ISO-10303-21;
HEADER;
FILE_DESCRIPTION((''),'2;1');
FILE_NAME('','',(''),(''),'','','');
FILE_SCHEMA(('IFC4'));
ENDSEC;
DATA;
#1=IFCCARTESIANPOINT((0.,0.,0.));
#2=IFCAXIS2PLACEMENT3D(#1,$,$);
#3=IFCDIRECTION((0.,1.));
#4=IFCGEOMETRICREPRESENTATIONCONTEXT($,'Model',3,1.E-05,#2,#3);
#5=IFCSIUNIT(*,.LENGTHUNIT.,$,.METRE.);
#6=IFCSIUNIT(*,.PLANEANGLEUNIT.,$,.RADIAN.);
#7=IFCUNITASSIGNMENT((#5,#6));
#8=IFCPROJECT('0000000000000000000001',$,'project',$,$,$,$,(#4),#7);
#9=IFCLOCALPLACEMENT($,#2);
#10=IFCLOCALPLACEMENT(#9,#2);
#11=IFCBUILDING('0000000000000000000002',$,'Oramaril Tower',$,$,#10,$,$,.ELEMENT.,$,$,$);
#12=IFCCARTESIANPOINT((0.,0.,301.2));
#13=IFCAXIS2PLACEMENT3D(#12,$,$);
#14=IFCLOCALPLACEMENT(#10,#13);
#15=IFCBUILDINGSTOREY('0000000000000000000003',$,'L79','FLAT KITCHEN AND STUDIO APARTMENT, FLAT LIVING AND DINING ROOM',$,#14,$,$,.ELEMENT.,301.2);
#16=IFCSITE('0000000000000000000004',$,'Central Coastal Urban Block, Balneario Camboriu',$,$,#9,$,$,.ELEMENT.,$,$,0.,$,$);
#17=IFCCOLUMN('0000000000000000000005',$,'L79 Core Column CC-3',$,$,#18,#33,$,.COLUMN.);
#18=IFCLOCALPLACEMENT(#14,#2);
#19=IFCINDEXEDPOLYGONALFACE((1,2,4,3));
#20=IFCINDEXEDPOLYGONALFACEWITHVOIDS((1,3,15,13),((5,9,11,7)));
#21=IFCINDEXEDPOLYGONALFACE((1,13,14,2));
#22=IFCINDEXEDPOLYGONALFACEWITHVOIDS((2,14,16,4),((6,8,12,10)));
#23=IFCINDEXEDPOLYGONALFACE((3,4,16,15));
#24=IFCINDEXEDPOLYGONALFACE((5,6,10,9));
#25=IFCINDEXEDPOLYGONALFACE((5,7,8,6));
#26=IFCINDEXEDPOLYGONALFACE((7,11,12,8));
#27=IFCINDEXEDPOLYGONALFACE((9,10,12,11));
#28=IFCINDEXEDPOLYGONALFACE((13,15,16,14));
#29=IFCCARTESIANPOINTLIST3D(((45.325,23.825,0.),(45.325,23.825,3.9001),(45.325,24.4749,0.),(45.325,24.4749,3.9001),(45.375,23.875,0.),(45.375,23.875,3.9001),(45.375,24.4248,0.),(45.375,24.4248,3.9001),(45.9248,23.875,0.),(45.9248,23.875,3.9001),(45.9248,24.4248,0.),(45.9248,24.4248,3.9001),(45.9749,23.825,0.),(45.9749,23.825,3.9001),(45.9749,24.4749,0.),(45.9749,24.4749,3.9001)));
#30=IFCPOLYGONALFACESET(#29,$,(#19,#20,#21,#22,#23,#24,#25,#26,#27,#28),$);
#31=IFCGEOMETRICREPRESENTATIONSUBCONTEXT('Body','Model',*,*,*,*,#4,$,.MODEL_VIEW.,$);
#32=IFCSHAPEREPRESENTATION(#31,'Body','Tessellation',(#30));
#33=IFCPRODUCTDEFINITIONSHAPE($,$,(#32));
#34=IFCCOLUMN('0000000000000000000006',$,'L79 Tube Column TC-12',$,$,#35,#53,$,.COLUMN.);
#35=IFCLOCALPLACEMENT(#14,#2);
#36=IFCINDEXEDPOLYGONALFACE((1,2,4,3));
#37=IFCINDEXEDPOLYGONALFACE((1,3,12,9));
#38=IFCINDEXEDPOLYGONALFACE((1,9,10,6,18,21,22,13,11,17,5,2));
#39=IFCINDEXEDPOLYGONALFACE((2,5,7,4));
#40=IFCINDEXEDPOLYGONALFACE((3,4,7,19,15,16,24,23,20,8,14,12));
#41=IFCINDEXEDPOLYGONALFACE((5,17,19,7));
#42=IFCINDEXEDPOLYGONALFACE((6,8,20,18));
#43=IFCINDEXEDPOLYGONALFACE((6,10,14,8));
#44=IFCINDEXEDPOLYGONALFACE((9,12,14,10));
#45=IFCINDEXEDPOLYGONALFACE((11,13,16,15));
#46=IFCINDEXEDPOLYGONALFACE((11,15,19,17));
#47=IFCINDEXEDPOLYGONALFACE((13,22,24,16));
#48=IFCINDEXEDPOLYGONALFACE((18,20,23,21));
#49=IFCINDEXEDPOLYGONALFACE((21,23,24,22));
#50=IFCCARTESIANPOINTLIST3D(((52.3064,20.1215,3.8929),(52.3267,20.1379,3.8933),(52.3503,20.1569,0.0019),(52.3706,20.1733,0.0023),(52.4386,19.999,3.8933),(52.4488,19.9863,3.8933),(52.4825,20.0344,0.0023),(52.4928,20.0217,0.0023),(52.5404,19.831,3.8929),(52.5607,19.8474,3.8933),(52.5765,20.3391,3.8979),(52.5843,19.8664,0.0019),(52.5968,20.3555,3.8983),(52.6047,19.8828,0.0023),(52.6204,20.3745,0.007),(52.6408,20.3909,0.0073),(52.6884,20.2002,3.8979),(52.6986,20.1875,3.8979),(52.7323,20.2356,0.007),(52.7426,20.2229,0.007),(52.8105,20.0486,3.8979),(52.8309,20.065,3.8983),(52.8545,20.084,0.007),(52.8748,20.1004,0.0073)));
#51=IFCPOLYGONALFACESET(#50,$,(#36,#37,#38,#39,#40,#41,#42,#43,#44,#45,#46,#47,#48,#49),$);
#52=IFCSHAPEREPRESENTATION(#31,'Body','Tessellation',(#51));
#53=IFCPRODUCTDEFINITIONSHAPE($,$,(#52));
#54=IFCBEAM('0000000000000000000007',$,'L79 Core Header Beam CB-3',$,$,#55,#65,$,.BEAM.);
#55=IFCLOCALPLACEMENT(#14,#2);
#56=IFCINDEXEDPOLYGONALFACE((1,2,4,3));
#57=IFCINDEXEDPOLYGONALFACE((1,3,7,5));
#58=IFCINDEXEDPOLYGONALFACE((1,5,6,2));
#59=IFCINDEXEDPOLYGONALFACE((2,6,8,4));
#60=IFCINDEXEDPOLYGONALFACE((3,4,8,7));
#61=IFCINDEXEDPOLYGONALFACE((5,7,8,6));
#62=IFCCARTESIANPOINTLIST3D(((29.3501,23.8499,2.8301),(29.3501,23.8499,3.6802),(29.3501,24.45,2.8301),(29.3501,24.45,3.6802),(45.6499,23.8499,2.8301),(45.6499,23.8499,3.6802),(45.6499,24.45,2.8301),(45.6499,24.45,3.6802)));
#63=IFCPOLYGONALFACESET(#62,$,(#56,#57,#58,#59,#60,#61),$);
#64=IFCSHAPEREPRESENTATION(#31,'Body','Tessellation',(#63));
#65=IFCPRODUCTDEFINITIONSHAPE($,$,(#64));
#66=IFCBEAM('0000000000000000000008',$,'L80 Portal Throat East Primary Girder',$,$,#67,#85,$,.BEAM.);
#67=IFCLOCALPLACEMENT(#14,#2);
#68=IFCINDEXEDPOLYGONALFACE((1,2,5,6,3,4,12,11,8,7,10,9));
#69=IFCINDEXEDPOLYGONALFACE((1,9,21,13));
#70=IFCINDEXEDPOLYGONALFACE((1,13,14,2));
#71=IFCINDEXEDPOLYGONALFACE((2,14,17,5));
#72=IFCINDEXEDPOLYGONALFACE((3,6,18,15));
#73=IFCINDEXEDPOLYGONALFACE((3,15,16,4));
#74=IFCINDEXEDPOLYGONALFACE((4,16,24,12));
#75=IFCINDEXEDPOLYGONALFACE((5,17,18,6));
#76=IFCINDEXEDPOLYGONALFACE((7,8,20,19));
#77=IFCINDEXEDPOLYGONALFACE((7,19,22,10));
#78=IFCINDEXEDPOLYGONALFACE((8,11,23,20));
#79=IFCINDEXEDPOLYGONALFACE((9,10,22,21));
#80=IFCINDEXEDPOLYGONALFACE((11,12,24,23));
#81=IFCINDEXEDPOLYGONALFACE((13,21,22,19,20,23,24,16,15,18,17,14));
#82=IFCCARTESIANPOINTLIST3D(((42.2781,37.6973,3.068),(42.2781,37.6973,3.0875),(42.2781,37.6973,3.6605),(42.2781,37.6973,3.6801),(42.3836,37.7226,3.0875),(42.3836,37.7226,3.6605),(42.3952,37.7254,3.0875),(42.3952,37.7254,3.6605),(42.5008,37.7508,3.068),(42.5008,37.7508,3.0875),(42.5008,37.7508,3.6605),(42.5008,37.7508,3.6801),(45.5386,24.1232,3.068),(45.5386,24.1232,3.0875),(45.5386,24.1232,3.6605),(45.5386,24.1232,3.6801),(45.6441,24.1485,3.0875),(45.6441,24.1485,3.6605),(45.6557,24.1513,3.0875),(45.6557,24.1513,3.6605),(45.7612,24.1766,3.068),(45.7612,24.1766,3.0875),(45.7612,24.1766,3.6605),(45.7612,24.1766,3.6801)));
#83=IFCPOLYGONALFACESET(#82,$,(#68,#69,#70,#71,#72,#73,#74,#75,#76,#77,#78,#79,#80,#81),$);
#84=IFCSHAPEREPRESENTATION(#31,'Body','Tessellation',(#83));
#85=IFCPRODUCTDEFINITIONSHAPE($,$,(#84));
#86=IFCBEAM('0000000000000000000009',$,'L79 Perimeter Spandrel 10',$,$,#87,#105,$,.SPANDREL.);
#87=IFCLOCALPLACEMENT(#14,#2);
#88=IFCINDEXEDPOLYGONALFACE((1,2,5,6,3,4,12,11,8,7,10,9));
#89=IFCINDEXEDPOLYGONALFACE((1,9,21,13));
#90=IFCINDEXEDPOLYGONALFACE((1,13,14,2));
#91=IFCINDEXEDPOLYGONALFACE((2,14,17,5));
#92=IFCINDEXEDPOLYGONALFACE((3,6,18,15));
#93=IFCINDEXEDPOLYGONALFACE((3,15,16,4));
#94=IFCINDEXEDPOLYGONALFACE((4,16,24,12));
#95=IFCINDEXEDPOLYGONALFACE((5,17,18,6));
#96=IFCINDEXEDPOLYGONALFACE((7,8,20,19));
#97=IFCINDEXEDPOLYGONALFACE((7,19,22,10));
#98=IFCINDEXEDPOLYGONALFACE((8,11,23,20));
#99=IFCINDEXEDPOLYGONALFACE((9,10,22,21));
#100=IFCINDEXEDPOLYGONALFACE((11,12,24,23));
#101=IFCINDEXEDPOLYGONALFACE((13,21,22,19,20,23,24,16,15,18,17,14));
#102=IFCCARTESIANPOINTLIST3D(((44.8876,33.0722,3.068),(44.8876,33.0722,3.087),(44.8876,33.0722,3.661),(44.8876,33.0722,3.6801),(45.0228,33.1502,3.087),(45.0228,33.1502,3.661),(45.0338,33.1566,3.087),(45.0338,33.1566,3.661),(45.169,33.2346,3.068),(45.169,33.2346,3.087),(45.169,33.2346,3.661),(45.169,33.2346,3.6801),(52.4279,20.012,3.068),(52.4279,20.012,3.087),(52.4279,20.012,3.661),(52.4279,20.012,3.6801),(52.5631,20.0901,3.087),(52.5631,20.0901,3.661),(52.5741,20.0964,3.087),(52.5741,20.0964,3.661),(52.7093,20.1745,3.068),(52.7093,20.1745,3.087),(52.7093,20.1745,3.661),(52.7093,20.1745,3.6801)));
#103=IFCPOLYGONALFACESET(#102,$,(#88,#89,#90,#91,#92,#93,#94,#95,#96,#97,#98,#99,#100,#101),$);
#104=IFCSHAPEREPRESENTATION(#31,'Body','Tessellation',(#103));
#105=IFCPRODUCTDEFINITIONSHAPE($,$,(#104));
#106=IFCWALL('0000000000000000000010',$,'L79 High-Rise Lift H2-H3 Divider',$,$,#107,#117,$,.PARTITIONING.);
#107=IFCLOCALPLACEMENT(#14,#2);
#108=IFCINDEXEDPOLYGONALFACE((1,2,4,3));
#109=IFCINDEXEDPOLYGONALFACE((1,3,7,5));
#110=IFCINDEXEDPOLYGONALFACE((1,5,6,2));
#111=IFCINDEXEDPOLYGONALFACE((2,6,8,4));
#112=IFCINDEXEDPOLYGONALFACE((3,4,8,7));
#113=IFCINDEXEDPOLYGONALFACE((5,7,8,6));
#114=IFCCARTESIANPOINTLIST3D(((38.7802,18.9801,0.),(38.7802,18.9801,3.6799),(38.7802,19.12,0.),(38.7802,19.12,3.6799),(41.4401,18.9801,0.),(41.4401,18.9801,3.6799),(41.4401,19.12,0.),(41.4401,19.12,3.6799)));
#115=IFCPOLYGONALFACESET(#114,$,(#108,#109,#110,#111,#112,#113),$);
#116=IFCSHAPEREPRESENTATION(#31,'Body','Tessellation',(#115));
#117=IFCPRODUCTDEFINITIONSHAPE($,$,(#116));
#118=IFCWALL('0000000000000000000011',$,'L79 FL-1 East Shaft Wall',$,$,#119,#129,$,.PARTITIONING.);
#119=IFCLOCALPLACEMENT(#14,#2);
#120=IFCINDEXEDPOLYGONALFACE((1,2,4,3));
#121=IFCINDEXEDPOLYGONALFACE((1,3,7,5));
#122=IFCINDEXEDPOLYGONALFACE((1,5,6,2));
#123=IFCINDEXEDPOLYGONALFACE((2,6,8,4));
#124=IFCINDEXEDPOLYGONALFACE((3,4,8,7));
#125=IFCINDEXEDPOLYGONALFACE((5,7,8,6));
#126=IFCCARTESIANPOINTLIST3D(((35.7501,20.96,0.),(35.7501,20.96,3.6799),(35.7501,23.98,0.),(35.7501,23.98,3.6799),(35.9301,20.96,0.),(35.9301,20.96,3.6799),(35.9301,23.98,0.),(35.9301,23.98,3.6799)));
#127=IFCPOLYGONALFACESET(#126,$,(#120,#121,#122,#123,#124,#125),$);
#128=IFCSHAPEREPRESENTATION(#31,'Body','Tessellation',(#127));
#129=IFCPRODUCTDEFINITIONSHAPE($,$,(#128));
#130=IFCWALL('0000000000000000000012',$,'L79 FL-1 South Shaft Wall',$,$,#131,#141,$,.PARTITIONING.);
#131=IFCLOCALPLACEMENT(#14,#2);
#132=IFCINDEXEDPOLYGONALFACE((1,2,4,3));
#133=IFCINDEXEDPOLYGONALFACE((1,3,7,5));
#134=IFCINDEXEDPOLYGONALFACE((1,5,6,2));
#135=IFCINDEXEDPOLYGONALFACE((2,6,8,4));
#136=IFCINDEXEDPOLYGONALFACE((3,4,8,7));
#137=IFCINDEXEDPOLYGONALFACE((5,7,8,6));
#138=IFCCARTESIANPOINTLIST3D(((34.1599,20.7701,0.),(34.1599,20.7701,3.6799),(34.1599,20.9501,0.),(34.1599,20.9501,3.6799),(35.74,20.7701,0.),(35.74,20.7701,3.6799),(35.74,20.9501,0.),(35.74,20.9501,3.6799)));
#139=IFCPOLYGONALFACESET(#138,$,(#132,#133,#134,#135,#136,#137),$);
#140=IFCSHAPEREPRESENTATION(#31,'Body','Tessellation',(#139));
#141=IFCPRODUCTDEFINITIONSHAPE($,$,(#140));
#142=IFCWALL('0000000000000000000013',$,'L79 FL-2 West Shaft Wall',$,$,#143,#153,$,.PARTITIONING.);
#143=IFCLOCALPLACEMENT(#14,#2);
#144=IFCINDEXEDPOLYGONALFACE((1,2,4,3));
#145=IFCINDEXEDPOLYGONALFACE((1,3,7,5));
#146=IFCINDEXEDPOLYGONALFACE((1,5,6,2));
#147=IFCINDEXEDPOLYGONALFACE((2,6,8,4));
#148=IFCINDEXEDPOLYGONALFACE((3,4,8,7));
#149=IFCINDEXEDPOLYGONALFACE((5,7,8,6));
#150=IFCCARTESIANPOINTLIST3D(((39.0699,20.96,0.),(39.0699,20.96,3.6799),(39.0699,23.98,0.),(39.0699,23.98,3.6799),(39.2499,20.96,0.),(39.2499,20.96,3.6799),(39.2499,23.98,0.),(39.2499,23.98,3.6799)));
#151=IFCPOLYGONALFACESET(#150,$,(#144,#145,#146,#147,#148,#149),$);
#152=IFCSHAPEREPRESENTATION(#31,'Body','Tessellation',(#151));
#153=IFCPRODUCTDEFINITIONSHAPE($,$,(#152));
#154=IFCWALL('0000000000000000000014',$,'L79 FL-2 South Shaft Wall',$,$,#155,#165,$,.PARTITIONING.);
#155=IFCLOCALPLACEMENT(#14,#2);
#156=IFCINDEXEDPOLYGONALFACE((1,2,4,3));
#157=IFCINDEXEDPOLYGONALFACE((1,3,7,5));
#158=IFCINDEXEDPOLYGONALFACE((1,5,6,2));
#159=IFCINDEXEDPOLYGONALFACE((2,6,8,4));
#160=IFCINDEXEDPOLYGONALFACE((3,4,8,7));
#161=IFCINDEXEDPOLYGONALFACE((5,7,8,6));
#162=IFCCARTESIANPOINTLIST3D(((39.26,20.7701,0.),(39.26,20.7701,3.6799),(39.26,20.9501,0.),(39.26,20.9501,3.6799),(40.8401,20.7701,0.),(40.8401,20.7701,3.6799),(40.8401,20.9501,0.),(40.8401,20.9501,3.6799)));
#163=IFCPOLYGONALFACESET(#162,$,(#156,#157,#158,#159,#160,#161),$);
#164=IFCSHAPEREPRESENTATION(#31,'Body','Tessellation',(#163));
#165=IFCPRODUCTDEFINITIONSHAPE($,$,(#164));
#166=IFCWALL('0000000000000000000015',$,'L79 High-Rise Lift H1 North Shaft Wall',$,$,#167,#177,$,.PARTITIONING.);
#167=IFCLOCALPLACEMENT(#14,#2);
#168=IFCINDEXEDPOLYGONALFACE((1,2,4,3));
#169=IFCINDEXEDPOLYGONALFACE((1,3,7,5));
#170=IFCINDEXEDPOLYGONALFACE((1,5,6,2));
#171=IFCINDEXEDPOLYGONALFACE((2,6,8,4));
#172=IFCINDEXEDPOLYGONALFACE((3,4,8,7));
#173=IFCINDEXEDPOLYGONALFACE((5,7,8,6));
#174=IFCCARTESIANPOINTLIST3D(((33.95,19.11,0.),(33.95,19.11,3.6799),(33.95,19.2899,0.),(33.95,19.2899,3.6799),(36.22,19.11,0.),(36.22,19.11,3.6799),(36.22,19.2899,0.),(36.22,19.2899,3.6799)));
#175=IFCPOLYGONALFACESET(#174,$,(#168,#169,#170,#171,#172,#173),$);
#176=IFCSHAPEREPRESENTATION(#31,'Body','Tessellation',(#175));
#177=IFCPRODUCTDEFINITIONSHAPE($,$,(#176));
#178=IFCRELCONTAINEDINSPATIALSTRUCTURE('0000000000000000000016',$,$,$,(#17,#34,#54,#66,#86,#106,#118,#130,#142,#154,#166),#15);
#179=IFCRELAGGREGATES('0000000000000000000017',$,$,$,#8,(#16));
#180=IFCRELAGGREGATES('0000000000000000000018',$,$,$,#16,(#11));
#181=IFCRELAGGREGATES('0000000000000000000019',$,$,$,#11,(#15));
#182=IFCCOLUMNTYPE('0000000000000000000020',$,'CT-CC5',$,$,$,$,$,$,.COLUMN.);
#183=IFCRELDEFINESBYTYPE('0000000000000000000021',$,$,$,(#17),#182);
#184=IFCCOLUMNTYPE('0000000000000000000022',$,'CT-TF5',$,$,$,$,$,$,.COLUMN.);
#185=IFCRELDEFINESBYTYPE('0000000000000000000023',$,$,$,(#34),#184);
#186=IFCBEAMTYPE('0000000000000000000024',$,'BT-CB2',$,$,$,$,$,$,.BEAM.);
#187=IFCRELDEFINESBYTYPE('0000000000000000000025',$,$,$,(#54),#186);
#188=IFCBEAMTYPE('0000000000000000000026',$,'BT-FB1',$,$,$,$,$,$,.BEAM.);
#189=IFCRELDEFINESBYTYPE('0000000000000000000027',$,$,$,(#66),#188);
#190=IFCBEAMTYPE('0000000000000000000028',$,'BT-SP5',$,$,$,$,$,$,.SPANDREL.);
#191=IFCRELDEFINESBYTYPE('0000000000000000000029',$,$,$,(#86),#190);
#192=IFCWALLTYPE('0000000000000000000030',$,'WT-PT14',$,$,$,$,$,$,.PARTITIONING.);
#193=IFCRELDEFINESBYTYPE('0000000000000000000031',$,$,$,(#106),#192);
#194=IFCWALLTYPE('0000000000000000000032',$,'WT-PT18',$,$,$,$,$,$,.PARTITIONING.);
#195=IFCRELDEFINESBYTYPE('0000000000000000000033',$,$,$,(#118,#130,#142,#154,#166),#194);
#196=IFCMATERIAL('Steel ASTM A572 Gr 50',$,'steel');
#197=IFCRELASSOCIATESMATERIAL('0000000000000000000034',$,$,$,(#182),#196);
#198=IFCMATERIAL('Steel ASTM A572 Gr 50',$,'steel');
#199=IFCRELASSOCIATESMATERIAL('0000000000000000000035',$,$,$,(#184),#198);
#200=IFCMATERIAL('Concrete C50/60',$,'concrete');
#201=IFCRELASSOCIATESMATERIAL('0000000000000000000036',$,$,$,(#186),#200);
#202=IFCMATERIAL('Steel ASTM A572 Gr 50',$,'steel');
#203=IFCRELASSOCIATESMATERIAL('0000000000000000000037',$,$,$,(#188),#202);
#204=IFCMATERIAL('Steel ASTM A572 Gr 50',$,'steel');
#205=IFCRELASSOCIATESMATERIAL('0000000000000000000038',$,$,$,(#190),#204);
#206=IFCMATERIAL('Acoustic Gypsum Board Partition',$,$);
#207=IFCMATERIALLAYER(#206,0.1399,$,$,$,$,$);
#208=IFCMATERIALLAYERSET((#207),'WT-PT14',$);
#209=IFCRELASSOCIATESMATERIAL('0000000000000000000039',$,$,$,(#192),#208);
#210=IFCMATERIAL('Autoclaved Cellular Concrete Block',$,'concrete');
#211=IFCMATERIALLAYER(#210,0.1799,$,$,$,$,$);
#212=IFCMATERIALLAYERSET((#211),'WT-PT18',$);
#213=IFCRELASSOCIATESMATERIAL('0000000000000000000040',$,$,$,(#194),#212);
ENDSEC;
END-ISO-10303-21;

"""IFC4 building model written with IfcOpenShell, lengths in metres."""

from ifc_helpers import new_model, si_unit, direction, frame, frame_2d, origin, origin_2d, place, context, subcontext, project, spatial, rectangle, hollow_rectangle, i_section, extrude, material, layer, layer_set, material_profile, profile_set, type_object, element, save


model = new_model("IFC4")

# Units and contexts
model_context = context("Model", 3, precision=1e-05, world=origin(), true_north=direction((0.0, 1.0)))
body_context = subcontext(model_context, "Body", "Model", "MODEL_VIEW")
ifc_project = project(units=[si_unit("LENGTHUNIT", "METRE"), si_unit("PLANEANGLEUNIT", "RADIAN")], contexts=[model_context])

# Site, building, storey
site_placement = place(None, origin())
site = spatial("IfcSite", under=ifc_project, at=site_placement, Name="Central Coastal Urban Block, Balneario Camboriu", CompositionType="ELEMENT", RefElevation=0.0)
building_placement = place(site_placement, origin())
building = spatial("IfcBuilding", under=site, at=building_placement, Name="Oramaril Tower", CompositionType="ELEMENT")
storey_placement = place(building_placement, frame((0.0, 0.0, 301.2)))
storey = spatial("IfcBuildingStorey", under=building, at=storey_placement, Name="L79", Description="FLAT KITCHEN AND STUDIO APARTMENT, FLAT LIVING AND DINING ROOM", CompositionType="ELEMENT", Elevation=301.2)

# Columns
ifc_material_1 = material(Name="Steel ASTM A572 Gr 50", Category="steel")
ifc_material_profile_1 = material_profile(ifc_material_1, hollow_rectangle(XDim=0.6499, YDim=0.6499, WallThickness=0.05, at=origin_2d()), Name="BOX650X650X50")
ifc_profile_set_1 = profile_set([ifc_material_profile_1], Name="Steel ASTM A572 Gr 50")
column_type_1 = type_object("IfcColumnType", Name="CT-CC5", PredefinedType="COLUMN", material=ifc_profile_set_1)
column_1_placement = place(storey_placement, frame((45.6499, 24.1499, 0.0), z_axis=(0.0, 0.0, 1.0), x_axis=(1.0, 0.0, 0.0)))
element("IfcColumn", 1, at=column_1_placement, inside=storey, type_object=column_type_1, Name="L79 Core Column CC-3", PredefinedType="COLUMN", context=body_context, shape_type="SweptSolid", body=[
    extrude(hollow_rectangle(XDim=0.6499, YDim=0.6499, WallThickness=0.05, at=origin_2d()), origin(), (0.0, 0.0, 1.0), 3.9001),
])
ifc_material_2 = material(Name="Steel ASTM A572 Gr 50", Category="steel")
ifc_material_profile_2 = material_profile(ifc_material_2, i_section(OverallWidth=0.373, OverallDepth=0.373, WebThickness=0.0164, FlangeThickness=0.0261, at=origin_2d()), Name="W14X132")
ifc_profile_set_2 = profile_set([ifc_material_profile_2], Name="Steel ASTM A572 Gr 50")
column_type_2 = type_object("IfcColumnType", Name="CT-TF5", PredefinedType="COLUMN", material=ifc_profile_set_2)
column_2_placement = place(storey_placement, frame((52.6125, 20.1287, 0.0046), z_axis=(-0.011293, -0.009097, 0.999895), x_axis=(0.62733, -0.778754, 0.0)))
element("IfcColumn", 2, at=column_2_placement, inside=storey, type_object=column_type_2, Name="L79 Tube Column TC-12", PredefinedType="COLUMN", context=body_context, shape_type="SweptSolid", body=[
    extrude(i_section(OverallWidth=0.373, OverallDepth=0.373, WebThickness=0.0164, FlangeThickness=0.0261, at=origin_2d()), origin(), (0.0, 0.0, 1.0), 3.8914),
])

# Beams
ifc_material_3 = material(Name="Concrete C50/60", Category="concrete")
ifc_material_profile_3 = material_profile(ifc_material_3, rectangle(XDim=0.6001, YDim=0.8501, at=origin_2d()), Name="CB600X850")
ifc_profile_set_3 = profile_set([ifc_material_profile_3], Name="Concrete C50/60")
beam_type_1 = type_object("IfcBeamType", Name="BT-CB2", PredefinedType="BEAM", material=ifc_profile_set_3)
beam_1_placement = place(storey_placement, frame((45.6499, 24.1499, 3.2551), z_axis=(-1.0, 0.0, 0.0), x_axis=(0.0, -1.0, 0.0)))
element("IfcBeam", 3, at=beam_1_placement, inside=storey, type_object=beam_type_1, Name="L79 Core Header Beam CB-3", PredefinedType="BEAM", context=body_context, shape_type="SweptSolid", body=[
    extrude(rectangle(XDim=0.6001, YDim=0.8501, at=origin_2d()), origin(), (0.0, 0.0, 1.0), 16.2998),
])
ifc_material_4 = material(Name="Steel ASTM A572 Gr 50", Category="steel")
ifc_material_profile_4 = material_profile(ifc_material_4, i_section(OverallWidth=0.229, OverallDepth=0.6121, WebThickness=0.012, FlangeThickness=0.0195, at=origin_2d()), Name="W24X84")
ifc_profile_set_4 = profile_set([ifc_material_profile_4], Name="Steel ASTM A572 Gr 50")
beam_type_2 = type_object("IfcBeamType", Name="BT-FB1", PredefinedType="BEAM", material=ifc_profile_set_4)
beam_2_placement = place(storey_placement, frame((45.6499, 24.1499, 3.374), z_axis=(-0.233555, 0.972344, 0.0), x_axis=(-0.972344, -0.233555, 0.0)))
element("IfcBeam", 4, at=beam_2_placement, inside=storey, type_object=beam_type_2, Name="L80 Portal Throat East Primary Girder", PredefinedType="BEAM", context=body_context, shape_type="SweptSolid", body=[
    extrude(i_section(OverallWidth=0.229, OverallDepth=0.6121, WebThickness=0.012, FlangeThickness=0.0195, at=origin_2d()), origin(), (0.0, 0.0, 1.0), 13.9602),
])
ifc_material_5 = material(Name="Steel ASTM A572 Gr 50", Category="steel")
ifc_material_profile_5 = material_profile(ifc_material_5, i_section(OverallWidth=0.325, OverallDepth=0.6121, WebThickness=0.0127, FlangeThickness=0.019, at=origin_2d()), Name="W24X104")
ifc_profile_set_5 = profile_set([ifc_material_profile_5], Name="Steel ASTM A572 Gr 50")
beam_type_3 = type_object("IfcBeamType", Name="BT-SP5", PredefinedType="SPANDREL", material=ifc_profile_set_5)
beam_3_placement = place(storey_placement, frame((52.5686, 20.0933, 3.374), z_axis=(-0.500003, 0.866024, 0.0), x_axis=(-0.866024, -0.500003, 0.0)))
element("IfcBeam", 5, at=beam_3_placement, inside=storey, type_object=beam_type_3, Name="L79 Perimeter Spandrel 10", PredefinedType="SPANDREL", context=body_context, shape_type="SweptSolid", body=[
    extrude(i_section(OverallWidth=0.325, OverallDepth=0.6121, WebThickness=0.0127, FlangeThickness=0.019, at=origin_2d()), origin(), (0.0, 0.0, 1.0), 15.0806),
])

# Walls
ifc_material_6 = material(Name="Acoustic Gypsum Board Partition")
ifc_layer_1 = layer(ifc_material_6, 0.1399)
ifc_layer_set_1 = layer_set([ifc_layer_1], Name="WT-PT14")
wall_type_1 = type_object("IfcWallType", Name="WT-PT14", PredefinedType="PARTITIONING", material=ifc_layer_set_1)
wall_1_placement = place(storey_placement, frame((38.78, 19.05, 0.0), z_axis=(0.0, 0.0, 1.0), x_axis=(1.0, 0.0, 0.0)))
element("IfcWall", 6, at=wall_1_placement, inside=storey, type_object=wall_type_1, Name="L79 High-Rise Lift H2-H3 Divider", PredefinedType="PARTITIONING", context=body_context, shape_type="SweptSolid", body=[
    extrude(rectangle(XDim=2.6599, YDim=0.1399, at=frame_2d((1.3301, 0.0))), origin(), (0.0, 0.0, 1.0), 3.6799),
])
ifc_material_7 = material(Name="Autoclaved Cellular Concrete Block", Category="concrete")
ifc_layer_2 = layer(ifc_material_7, 0.1799)
ifc_layer_set_2 = layer_set([ifc_layer_2], Name="WT-PT18")
wall_type_2 = type_object("IfcWallType", Name="WT-PT18", PredefinedType="PARTITIONING", material=ifc_layer_set_2)
wall_2_placement = place(storey_placement, frame((35.8401, 20.96, 0.0), z_axis=(0.0, 0.0, 1.0), x_axis=(0.0, 1.0, 0.0)))
element("IfcWall", 7, at=wall_2_placement, inside=storey, type_object=wall_type_2, Name="L79 FL-1 East Shaft Wall", PredefinedType="PARTITIONING", context=body_context, shape_type="SweptSolid", body=[
    extrude(rectangle(XDim=3.02, YDim=0.1799, at=frame_2d((1.51, 0.0))), origin(), (0.0, 0.0, 1.0), 3.6799),
])
wall_3_placement = place(storey_placement, frame((34.1599, 20.8601, 0.0), z_axis=(0.0, 0.0, 1.0), x_axis=(1.0, 0.0, 0.0)))
element("IfcWall", 8, at=wall_3_placement, inside=storey, type_object=wall_type_2, Name="L79 FL-1 South Shaft Wall", PredefinedType="PARTITIONING", context=body_context, shape_type="SweptSolid", body=[
    extrude(rectangle(XDim=1.5801, YDim=0.1799, at=frame_2d((0.79, 0.0))), origin(), (0.0, 0.0, 1.0), 3.6799),
])
wall_4_placement = place(storey_placement, frame((39.1599, 20.96, 0.0), z_axis=(0.0, 0.0, 1.0), x_axis=(0.0, 1.0, 0.0)))
element("IfcWall", 9, at=wall_4_placement, inside=storey, type_object=wall_type_2, Name="L79 FL-2 West Shaft Wall", PredefinedType="PARTITIONING", context=body_context, shape_type="SweptSolid", body=[
    extrude(rectangle(XDim=3.02, YDim=0.1799, at=frame_2d((1.51, 0.0))), origin(), (0.0, 0.0, 1.0), 3.6799),
])
wall_5_placement = place(storey_placement, frame((39.26, 20.8601, 0.0), z_axis=(0.0, 0.0, 1.0), x_axis=(1.0, 0.0, 0.0)))
element("IfcWall", 10, at=wall_5_placement, inside=storey, type_object=wall_type_2, Name="L79 FL-2 South Shaft Wall", PredefinedType="PARTITIONING", context=body_context, shape_type="SweptSolid", body=[
    extrude(rectangle(XDim=1.5801, YDim=0.1799, at=frame_2d((0.79, 0.0))), origin(), (0.0, 0.0, 1.0), 3.6799),
])
wall_6_placement = place(storey_placement, frame((33.95, 19.2, 0.0), z_axis=(0.0, 0.0, 1.0), x_axis=(1.0, 0.0, 0.0)))
element("IfcWall", 11, at=wall_6_placement, inside=storey, type_object=wall_type_2, Name="L79 High-Rise Lift H1 North Shaft Wall", PredefinedType="PARTITIONING", context=body_context, shape_type="SweptSolid", body=[
    extrude(rectangle(XDim=2.27, YDim=0.1799, at=frame_2d((1.135, 0.0))), origin(), (0.0, 0.0, 1.0), 3.6799),
])

save(model, "model.ifc")
